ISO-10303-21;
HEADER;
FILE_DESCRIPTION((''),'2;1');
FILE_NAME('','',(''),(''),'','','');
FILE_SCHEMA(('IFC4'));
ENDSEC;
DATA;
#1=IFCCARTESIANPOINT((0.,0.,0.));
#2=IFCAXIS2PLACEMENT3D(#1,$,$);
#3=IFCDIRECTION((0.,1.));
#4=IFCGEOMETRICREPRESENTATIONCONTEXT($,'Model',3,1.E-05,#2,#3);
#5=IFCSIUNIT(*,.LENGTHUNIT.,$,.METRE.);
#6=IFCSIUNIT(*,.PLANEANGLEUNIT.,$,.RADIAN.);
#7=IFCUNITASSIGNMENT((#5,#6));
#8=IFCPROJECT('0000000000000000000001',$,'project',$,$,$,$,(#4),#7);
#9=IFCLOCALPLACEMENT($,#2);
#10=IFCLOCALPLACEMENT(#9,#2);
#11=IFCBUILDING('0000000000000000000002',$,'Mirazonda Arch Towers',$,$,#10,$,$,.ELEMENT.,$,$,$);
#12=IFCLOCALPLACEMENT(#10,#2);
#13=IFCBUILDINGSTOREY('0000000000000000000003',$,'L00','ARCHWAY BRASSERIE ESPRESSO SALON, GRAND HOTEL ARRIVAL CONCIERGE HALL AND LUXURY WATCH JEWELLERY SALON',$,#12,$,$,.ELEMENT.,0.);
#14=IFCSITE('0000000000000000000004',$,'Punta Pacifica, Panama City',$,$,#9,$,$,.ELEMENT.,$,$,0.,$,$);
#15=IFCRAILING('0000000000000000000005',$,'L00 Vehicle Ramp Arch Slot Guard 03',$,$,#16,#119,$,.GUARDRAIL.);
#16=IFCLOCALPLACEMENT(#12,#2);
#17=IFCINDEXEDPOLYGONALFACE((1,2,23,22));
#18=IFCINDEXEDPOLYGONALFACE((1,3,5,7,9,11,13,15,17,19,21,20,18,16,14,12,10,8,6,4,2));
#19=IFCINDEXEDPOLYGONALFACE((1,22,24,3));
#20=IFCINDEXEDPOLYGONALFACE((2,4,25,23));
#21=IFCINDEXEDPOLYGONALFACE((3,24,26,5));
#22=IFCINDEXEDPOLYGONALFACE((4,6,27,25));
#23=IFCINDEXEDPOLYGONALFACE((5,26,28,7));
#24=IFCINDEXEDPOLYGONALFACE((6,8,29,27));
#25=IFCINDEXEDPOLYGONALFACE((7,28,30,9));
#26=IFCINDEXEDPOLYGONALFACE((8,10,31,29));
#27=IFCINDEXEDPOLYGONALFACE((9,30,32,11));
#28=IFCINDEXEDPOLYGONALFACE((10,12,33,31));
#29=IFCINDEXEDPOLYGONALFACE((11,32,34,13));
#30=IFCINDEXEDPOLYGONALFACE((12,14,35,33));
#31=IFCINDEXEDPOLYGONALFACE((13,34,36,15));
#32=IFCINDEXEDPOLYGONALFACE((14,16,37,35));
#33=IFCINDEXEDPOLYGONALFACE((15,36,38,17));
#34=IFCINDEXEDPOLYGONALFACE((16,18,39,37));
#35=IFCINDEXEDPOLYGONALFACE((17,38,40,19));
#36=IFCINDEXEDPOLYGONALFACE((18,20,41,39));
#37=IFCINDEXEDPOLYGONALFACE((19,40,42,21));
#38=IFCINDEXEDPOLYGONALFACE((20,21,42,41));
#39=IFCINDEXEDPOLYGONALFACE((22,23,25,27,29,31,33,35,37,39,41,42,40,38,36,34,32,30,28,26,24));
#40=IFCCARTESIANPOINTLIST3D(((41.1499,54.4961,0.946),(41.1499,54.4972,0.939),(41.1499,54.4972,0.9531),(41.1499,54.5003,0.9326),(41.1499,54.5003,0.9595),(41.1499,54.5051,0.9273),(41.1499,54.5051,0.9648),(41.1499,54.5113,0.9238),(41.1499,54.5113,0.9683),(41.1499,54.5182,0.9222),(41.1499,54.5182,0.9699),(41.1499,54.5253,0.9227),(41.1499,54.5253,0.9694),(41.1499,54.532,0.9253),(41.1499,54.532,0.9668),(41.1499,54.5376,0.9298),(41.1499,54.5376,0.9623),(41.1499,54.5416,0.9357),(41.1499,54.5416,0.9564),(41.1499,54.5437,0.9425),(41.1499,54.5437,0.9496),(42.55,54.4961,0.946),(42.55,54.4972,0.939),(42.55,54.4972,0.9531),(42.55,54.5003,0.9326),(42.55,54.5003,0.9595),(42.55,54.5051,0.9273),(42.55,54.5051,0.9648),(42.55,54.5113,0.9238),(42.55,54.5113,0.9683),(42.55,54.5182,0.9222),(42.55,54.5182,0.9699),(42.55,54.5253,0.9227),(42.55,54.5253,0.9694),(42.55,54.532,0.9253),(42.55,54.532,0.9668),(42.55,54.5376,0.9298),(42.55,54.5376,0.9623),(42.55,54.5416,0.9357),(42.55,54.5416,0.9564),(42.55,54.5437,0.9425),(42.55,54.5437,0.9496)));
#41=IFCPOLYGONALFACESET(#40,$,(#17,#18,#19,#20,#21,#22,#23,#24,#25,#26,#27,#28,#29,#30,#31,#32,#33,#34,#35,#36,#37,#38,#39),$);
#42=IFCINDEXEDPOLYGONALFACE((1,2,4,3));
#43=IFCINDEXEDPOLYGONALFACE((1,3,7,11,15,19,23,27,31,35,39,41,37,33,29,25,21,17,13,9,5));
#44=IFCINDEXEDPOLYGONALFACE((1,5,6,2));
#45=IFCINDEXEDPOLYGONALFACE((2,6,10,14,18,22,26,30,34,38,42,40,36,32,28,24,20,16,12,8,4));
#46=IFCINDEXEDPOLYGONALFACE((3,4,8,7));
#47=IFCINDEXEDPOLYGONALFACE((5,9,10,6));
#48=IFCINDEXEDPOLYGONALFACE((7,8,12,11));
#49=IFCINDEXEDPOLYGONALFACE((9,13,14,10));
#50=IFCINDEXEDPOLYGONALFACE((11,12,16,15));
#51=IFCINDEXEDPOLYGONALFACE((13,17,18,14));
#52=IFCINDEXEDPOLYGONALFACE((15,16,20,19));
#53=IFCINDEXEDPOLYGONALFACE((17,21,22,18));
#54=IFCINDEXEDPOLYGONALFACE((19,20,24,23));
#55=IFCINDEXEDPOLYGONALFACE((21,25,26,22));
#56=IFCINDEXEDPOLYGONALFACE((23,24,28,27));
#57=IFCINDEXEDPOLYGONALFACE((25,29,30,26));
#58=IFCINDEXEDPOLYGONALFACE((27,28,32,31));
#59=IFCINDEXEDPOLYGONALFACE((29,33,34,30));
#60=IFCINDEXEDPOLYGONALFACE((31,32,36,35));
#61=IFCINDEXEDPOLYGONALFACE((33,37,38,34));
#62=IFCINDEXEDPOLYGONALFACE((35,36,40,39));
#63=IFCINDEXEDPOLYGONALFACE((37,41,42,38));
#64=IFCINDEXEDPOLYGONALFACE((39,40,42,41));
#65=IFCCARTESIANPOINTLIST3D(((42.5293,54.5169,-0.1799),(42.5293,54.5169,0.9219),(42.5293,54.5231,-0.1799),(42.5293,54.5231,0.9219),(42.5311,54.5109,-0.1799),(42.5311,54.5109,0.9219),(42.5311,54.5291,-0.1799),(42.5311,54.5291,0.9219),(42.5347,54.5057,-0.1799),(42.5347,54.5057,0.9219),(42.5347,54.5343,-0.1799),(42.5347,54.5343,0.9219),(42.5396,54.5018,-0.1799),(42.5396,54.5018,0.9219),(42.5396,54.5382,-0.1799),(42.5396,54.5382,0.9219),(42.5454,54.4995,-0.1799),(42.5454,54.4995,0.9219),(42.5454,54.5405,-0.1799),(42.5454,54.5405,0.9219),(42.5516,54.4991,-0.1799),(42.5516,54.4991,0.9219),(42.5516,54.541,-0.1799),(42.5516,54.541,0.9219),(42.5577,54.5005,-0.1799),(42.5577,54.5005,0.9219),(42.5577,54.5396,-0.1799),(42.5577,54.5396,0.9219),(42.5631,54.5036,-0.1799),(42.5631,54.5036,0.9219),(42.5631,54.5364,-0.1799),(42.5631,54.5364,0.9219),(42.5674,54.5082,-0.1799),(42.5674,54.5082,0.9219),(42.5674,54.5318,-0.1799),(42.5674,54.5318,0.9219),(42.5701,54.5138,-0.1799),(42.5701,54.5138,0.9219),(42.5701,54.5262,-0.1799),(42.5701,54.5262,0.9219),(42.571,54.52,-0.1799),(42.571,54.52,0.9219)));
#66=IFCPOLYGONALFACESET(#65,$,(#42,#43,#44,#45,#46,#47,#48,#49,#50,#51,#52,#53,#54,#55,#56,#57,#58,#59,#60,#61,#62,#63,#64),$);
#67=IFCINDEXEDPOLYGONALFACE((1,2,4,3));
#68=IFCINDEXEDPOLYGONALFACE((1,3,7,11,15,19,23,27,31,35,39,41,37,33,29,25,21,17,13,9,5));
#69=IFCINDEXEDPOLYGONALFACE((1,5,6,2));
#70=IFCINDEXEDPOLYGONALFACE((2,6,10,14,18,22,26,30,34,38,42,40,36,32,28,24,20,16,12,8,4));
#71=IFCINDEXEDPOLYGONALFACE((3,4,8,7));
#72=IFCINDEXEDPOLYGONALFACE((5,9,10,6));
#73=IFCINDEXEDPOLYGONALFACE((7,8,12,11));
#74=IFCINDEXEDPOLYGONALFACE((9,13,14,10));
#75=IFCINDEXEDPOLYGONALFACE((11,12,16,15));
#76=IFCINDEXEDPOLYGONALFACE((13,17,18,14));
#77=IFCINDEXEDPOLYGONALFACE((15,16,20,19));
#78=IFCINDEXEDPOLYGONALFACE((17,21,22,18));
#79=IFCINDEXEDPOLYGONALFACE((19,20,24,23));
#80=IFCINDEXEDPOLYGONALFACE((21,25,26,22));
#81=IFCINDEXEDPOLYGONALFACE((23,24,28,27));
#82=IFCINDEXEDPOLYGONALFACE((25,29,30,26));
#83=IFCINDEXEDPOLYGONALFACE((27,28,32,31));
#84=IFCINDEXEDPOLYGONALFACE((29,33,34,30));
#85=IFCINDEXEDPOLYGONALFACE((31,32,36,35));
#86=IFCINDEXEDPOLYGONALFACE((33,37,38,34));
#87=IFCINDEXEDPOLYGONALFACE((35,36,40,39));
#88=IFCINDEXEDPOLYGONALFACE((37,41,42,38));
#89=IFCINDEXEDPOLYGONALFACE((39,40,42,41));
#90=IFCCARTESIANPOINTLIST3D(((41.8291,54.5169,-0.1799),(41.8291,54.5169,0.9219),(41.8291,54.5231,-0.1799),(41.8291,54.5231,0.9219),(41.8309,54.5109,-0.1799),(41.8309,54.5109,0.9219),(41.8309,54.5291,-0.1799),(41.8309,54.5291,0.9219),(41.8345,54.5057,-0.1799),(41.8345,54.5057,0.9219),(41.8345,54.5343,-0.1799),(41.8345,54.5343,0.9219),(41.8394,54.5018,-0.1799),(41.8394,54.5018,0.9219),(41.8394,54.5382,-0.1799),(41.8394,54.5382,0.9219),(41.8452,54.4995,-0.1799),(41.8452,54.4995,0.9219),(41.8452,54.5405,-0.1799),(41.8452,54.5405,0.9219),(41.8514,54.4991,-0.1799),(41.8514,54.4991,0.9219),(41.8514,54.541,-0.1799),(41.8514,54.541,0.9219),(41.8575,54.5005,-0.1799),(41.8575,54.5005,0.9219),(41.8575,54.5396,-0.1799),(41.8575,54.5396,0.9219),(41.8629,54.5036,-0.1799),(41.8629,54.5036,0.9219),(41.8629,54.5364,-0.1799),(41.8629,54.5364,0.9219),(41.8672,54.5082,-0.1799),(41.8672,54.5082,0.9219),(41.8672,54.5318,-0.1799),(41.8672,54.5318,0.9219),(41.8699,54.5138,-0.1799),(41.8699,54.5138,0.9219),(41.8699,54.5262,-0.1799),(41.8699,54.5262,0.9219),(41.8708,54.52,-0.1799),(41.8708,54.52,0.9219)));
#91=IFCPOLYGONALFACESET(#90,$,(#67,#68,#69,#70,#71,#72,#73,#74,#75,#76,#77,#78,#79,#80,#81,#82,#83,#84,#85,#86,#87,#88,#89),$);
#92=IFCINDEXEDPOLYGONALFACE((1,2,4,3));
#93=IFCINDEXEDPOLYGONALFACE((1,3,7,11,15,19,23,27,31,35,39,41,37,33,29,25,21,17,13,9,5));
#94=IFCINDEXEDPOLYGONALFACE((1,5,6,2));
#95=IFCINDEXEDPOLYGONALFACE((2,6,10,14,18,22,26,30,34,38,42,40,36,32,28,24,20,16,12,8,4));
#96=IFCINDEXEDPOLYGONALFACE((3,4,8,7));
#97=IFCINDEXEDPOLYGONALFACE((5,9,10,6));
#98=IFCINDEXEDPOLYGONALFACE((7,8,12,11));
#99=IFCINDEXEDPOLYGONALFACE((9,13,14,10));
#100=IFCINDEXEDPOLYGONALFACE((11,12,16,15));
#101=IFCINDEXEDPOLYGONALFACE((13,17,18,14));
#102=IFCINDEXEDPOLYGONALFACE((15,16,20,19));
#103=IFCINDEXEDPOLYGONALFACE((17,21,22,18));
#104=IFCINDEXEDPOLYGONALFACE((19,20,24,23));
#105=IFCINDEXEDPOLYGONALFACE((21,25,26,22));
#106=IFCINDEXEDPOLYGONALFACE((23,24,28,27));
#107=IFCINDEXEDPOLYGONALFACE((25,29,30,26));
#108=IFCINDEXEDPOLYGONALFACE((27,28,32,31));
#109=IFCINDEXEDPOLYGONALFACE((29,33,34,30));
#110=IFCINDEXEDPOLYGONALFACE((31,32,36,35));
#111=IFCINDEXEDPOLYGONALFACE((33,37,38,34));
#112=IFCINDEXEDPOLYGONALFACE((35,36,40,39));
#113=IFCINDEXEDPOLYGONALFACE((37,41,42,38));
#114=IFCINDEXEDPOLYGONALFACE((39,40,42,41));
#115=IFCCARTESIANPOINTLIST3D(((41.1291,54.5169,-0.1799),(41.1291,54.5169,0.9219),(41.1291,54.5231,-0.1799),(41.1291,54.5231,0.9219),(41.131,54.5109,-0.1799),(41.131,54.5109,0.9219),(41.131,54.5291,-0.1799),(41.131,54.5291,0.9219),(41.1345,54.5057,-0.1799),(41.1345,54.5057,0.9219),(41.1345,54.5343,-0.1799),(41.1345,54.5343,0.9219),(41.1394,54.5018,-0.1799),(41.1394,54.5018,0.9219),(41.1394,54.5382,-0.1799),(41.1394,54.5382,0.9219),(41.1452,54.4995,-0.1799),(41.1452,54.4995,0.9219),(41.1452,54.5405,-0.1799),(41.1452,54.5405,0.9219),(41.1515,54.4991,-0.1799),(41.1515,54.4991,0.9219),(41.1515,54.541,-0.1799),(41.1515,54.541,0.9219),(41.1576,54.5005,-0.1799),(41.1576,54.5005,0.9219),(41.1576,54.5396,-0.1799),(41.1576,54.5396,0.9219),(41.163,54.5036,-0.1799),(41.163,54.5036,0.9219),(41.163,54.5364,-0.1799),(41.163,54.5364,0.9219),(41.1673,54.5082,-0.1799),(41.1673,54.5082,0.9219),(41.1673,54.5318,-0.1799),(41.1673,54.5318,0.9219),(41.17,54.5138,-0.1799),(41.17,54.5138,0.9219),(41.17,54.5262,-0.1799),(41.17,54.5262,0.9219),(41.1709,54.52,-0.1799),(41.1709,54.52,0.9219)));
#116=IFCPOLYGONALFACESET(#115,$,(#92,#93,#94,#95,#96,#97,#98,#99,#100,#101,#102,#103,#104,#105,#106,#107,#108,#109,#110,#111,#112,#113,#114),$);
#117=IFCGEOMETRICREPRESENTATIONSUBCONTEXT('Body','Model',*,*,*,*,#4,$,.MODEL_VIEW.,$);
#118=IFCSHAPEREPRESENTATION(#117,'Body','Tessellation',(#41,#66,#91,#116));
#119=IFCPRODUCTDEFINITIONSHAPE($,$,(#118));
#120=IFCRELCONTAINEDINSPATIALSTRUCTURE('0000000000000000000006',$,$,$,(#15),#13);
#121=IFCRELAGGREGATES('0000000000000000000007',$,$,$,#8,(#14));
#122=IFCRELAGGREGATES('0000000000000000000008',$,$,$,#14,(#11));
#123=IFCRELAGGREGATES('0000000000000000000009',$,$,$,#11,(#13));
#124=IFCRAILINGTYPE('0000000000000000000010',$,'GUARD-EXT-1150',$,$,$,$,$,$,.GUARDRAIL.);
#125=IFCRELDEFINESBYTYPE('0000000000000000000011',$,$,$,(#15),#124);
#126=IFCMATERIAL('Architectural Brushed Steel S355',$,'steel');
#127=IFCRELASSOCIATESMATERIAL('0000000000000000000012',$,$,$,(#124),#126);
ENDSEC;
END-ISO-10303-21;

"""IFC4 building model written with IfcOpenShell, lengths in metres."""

from ifc_helpers import new_model, si_unit, direction, frame, origin, origin_2d, place, context, subcontext, project, spatial, circle, extrude, material, type_object, element, save


model = new_model("IFC4")

# Units and contexts
model_context = context("Model", 3, precision=1e-05, world=origin(), true_north=direction((0.0, 1.0)))
body_context = subcontext(model_context, "Body", "Model", "MODEL_VIEW")
ifc_project = project(units=[si_unit("LENGTHUNIT", "METRE"), si_unit("PLANEANGLEUNIT", "RADIAN")], contexts=[model_context])

# Site, building, storey
site_placement = place(None, origin())
site = spatial("IfcSite", under=ifc_project, at=site_placement, Name="Punta Pacifica, Panama City", CompositionType="ELEMENT", RefElevation=0.0)
building_placement = place(site_placement, origin())
building = spatial("IfcBuilding", under=site, at=building_placement, Name="Mirazonda Arch Towers", CompositionType="ELEMENT")
storey_placement = place(building_placement, origin())
storey = spatial("IfcBuildingStorey", under=building, at=storey_placement, Name="L00", Description="ARCHWAY BRASSERIE ESPRESSO SALON, GRAND HOTEL ARRIVAL CONCIERGE HALL AND LUXURY WATCH JEWELLERY SALON", CompositionType="ELEMENT", Elevation=0.0)

# Railing
ifc_material_1 = material(Name="Architectural Brushed Steel S355", Category="steel")
railing_type_1 = type_object("IfcRailingType", Name="GUARD-EXT-1150", PredefinedType="GUARDRAIL", material=ifc_material_1)
railing_1_placement = place(storey_placement, frame((42.55, 54.52, -0.1799)))
element("IfcRailing", 1, at=railing_1_placement, inside=storey, type_object=railing_type_1, Name="L00 Vehicle Ramp Arch Slot Guard 03", PredefinedType="GUARDRAIL", context=body_context, shape_type="SweptSolid", body=[
    extrude(circle(Radius=0.0239, at=origin_2d()), frame((0.0, 0.0, 1.126), z_axis=(-1.0, 0.0, 0.0), x_axis=(0.0, -1.0, 0.0)), (0.0, 0.0, 1.0), 1.4001),
    extrude(circle(Radius=0.021, at=origin_2d()), origin(), (0.0, 0.0, 1.0), 1.1018),
    extrude(circle(Radius=0.021, at=origin_2d()), frame((-0.7002, 0.0, 0.0)), (0.0, 0.0, 1.0), 1.1018),
    extrude(circle(Radius=0.021, at=origin_2d()), frame((-1.4001, 0.0, 0.0)), (0.0, 0.0, 1.0), 1.1018),
])

save(model, "model.ifc")
